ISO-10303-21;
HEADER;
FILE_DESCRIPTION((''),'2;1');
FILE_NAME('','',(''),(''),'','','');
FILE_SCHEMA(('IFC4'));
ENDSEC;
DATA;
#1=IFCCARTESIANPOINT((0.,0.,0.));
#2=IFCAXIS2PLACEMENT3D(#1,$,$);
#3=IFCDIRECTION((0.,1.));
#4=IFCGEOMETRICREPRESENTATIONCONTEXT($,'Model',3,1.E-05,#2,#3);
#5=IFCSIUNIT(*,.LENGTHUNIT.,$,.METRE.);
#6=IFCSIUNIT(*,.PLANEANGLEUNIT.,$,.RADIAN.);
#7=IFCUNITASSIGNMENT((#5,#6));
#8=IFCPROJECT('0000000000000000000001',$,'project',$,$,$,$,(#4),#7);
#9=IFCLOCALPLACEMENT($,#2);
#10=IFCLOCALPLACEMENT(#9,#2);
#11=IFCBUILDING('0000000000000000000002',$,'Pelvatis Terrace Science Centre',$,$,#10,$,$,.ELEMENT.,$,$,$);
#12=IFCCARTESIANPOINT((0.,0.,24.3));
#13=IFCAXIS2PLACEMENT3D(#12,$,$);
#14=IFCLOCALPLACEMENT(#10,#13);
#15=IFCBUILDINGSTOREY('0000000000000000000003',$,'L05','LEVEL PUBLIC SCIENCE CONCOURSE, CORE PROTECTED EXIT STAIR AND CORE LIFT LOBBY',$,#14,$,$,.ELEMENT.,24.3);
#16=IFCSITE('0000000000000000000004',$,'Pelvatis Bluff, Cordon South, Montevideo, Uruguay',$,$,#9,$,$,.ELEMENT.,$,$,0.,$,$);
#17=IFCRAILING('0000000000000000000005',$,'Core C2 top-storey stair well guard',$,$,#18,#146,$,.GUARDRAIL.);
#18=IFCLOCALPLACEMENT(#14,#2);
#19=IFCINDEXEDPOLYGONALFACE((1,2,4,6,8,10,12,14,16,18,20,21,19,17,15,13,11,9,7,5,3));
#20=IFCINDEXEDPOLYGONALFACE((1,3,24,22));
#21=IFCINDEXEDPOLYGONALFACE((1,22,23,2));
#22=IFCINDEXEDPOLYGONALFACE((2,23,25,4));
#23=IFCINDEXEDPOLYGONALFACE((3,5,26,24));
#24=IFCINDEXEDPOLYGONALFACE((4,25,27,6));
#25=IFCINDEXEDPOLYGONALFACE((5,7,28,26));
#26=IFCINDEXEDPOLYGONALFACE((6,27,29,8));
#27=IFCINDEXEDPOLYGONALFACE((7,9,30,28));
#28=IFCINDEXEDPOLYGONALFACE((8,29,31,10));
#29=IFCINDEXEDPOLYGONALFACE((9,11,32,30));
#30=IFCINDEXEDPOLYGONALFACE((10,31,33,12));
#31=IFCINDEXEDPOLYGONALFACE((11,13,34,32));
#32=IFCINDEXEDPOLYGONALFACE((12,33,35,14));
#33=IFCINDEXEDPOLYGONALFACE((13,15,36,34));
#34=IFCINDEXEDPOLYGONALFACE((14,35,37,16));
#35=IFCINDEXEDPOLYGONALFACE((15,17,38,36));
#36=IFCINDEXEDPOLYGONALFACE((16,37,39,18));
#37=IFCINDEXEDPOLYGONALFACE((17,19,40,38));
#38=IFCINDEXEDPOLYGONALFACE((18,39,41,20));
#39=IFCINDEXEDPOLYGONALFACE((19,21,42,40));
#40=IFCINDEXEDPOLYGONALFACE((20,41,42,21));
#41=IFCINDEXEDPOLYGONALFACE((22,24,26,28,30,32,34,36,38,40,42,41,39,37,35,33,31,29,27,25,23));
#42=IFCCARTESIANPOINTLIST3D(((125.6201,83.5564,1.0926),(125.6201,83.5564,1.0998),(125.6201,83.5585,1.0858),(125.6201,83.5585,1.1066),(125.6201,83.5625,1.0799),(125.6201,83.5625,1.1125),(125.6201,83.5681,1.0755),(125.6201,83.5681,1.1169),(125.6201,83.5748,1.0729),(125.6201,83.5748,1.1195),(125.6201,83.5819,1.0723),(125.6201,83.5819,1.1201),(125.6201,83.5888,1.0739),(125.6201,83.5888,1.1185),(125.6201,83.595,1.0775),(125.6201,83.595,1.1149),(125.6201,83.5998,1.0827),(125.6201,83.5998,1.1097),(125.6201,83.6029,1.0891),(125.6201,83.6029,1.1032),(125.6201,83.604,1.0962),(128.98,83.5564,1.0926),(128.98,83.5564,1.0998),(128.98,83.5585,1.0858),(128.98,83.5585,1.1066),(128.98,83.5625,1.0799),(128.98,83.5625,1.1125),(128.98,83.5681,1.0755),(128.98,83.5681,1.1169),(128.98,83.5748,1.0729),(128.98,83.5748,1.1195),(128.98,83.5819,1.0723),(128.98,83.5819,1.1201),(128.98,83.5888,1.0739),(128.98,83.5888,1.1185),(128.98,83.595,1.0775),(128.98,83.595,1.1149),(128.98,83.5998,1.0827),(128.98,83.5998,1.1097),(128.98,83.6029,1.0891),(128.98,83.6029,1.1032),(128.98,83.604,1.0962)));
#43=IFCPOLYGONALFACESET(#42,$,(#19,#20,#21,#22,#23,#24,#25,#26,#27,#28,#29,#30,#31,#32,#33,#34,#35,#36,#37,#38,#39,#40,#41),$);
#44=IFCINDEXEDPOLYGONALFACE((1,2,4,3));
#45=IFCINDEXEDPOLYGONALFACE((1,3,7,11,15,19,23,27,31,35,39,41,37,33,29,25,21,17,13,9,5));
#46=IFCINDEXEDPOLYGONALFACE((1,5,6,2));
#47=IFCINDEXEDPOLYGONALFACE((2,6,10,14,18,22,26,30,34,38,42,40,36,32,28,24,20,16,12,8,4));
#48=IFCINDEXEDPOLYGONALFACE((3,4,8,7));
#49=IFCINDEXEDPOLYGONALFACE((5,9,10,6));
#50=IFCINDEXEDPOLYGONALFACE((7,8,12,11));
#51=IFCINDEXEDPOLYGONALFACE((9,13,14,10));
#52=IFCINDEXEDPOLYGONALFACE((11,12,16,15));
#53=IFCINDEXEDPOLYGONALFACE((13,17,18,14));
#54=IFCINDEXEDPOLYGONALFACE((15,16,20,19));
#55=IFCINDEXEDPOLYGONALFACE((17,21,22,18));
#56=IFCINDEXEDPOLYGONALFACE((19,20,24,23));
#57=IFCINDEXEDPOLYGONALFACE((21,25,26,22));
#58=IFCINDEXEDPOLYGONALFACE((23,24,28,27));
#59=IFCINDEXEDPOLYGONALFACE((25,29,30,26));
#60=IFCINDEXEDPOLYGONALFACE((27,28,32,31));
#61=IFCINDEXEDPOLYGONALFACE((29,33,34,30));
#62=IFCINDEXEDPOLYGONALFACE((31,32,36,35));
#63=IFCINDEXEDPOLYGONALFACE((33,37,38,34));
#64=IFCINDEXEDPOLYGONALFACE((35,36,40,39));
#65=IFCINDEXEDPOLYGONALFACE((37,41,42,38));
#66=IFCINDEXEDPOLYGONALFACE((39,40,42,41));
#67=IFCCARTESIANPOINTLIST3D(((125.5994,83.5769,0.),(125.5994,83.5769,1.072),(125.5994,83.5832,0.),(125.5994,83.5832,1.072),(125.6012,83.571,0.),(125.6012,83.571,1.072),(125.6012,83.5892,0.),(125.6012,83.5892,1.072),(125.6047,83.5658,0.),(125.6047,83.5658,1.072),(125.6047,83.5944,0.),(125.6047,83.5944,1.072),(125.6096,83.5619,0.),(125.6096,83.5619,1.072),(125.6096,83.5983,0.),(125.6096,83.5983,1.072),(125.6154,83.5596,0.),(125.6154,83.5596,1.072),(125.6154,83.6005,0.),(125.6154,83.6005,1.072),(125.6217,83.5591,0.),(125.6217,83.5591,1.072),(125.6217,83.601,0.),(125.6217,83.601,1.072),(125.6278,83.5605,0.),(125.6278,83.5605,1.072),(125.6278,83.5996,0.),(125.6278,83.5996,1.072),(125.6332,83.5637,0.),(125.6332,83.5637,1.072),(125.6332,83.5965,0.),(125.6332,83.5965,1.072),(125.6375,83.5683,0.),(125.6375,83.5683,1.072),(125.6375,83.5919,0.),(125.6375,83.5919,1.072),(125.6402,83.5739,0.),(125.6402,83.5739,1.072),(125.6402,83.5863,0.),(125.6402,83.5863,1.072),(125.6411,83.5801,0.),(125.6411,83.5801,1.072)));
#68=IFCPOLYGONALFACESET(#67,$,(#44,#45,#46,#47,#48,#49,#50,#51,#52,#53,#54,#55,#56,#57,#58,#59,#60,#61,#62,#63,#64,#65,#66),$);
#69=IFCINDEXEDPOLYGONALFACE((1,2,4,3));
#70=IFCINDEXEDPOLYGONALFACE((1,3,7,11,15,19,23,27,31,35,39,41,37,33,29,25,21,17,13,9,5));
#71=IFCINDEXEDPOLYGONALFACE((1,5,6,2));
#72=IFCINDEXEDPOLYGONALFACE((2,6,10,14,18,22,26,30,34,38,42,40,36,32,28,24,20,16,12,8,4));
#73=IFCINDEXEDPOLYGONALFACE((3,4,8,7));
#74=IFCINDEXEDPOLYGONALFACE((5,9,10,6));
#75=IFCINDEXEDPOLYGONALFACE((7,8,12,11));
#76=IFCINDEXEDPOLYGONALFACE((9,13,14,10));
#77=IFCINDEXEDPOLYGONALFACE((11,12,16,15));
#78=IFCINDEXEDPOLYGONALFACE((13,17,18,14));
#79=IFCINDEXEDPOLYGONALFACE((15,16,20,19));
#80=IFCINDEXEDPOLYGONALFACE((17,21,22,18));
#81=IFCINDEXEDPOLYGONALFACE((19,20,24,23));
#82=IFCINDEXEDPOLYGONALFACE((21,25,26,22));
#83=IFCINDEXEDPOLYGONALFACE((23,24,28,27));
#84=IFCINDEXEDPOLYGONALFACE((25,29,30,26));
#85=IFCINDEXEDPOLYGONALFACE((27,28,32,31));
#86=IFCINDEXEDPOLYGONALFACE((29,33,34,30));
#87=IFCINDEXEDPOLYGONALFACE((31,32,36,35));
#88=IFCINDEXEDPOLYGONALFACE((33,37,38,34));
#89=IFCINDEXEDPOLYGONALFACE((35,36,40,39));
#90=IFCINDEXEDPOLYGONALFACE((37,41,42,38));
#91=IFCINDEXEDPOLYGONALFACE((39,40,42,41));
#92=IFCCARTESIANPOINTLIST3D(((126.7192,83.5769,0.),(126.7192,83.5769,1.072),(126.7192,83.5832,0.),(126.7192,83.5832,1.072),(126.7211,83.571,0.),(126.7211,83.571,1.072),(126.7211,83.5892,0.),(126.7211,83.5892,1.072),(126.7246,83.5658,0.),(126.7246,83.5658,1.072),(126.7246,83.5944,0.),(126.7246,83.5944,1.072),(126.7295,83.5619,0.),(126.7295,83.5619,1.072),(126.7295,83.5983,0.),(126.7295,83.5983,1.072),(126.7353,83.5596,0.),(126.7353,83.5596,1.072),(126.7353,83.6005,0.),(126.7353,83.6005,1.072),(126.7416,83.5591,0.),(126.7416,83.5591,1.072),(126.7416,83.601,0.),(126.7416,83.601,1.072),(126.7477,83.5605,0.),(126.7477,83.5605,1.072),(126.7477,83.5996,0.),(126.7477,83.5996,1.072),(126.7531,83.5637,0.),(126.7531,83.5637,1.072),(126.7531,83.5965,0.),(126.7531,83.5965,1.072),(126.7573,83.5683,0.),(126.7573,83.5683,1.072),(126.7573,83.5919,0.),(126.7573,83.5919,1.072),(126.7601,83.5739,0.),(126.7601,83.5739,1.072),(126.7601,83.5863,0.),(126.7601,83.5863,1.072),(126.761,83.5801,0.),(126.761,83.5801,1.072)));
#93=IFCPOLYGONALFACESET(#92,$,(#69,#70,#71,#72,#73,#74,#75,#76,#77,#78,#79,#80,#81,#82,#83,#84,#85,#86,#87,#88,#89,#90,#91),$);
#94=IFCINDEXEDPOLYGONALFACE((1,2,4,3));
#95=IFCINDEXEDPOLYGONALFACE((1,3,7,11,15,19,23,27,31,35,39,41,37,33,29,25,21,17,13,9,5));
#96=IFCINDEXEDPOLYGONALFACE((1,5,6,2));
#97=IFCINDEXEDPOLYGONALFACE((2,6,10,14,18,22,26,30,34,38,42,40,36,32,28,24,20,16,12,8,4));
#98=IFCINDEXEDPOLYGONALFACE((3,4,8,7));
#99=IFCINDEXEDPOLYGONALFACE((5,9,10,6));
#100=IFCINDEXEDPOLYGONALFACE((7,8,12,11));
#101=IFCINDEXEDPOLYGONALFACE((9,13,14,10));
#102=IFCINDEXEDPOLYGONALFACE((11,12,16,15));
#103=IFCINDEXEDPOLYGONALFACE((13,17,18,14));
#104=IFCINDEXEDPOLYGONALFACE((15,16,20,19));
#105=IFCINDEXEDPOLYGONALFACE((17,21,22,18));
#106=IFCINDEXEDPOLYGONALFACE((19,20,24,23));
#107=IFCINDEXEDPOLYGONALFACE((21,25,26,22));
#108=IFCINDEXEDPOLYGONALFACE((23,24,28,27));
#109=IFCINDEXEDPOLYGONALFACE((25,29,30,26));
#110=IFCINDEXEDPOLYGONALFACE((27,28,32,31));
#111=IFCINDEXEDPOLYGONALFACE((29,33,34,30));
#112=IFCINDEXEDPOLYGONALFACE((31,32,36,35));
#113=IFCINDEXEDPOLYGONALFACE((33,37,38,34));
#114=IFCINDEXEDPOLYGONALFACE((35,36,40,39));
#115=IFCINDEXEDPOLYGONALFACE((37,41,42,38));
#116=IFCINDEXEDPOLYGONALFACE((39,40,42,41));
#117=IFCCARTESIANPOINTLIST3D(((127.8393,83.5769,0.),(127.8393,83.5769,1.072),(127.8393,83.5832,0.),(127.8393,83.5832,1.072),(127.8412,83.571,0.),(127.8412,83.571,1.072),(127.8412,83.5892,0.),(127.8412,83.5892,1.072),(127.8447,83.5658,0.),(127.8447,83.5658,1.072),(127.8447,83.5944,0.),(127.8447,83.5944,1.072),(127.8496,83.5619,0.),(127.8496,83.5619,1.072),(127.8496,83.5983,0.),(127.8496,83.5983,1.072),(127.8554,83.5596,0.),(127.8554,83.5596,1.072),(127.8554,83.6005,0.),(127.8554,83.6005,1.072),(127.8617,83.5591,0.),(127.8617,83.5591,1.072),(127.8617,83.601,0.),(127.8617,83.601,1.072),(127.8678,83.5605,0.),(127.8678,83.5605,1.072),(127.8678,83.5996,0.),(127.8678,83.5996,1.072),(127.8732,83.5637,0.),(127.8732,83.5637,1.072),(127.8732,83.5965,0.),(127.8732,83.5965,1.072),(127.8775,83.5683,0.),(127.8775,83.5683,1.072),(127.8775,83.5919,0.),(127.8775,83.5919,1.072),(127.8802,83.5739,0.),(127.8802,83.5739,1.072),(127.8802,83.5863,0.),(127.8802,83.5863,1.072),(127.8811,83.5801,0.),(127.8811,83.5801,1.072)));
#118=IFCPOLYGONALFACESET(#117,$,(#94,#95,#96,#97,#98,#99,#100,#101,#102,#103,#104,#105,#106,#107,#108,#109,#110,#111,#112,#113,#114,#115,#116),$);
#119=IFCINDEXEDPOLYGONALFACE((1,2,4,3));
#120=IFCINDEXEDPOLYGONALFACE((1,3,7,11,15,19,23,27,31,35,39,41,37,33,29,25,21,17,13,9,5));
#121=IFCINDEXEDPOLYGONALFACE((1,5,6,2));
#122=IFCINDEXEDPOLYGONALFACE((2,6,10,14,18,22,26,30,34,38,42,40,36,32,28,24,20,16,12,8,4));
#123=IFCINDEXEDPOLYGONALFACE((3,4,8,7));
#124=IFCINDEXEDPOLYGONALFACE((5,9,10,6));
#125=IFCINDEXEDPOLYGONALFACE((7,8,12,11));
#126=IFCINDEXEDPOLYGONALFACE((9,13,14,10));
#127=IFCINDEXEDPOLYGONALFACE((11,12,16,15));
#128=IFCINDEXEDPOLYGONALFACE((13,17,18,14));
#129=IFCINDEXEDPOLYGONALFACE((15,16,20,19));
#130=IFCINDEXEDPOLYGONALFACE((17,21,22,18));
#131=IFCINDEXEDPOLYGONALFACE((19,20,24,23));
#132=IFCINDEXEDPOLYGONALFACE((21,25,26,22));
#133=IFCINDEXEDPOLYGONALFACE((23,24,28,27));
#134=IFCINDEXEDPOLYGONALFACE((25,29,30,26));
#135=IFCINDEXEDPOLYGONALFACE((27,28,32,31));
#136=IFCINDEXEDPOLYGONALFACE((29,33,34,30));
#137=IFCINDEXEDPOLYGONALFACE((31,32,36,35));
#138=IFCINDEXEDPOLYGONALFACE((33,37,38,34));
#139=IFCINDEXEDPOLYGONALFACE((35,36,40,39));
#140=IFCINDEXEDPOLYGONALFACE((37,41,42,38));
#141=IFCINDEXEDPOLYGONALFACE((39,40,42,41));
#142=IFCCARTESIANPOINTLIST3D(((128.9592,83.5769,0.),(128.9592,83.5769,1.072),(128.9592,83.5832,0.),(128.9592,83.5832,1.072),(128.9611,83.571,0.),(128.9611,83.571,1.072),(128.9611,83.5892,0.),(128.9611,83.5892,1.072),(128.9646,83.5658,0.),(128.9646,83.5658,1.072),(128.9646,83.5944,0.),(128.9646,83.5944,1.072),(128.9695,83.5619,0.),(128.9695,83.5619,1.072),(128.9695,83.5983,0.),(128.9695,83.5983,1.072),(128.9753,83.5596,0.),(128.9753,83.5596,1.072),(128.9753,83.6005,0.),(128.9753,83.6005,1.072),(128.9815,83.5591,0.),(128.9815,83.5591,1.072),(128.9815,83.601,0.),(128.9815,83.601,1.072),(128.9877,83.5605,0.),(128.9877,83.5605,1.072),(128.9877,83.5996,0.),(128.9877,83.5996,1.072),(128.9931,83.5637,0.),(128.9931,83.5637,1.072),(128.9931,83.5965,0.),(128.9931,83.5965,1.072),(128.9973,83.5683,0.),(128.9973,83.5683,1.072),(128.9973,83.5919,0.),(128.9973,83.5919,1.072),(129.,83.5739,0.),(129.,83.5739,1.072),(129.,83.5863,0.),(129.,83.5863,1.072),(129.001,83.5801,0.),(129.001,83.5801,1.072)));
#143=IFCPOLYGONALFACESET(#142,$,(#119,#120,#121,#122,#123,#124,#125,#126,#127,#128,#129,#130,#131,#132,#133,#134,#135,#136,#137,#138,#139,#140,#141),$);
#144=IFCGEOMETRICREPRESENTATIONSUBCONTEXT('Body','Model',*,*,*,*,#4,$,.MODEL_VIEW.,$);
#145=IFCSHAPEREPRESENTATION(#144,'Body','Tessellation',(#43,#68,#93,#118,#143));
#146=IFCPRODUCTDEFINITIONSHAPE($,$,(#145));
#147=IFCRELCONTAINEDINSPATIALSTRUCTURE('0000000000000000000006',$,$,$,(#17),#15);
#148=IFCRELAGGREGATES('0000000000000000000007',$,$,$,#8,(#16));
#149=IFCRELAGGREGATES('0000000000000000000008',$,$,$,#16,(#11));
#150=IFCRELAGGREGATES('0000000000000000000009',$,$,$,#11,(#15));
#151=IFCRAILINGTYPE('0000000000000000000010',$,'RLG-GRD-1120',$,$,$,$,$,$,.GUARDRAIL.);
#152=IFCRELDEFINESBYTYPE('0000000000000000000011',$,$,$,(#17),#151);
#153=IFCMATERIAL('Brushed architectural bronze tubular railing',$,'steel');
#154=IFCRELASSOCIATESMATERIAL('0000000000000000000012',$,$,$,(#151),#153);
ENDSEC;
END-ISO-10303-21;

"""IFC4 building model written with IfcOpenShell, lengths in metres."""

from ifc_helpers import new_model, si_unit, direction, frame, origin, origin_2d, place, context, subcontext, project, spatial, circle, extrude, material, type_object, element, save


model = new_model("IFC4")

# Units and contexts
model_context = context("Model", 3, precision=1e-05, world=origin(), true_north=direction((0.0, 1.0)))
body_context = subcontext(model_context, "Body", "Model", "MODEL_VIEW")
ifc_project = project(units=[si_unit("LENGTHUNIT", "METRE"), si_unit("PLANEANGLEUNIT", "RADIAN")], contexts=[model_context])

# Site, building, storey
site_placement = place(None, origin())
site = spatial("IfcSite", under=ifc_project, at=site_placement, Name="Pelvatis Bluff, Cordon South, Montevideo, Uruguay", CompositionType="ELEMENT", RefElevation=0.0)
building_placement = place(site_placement, origin())
building = spatial("IfcBuilding", under=site, at=building_placement, Name="Pelvatis Terrace Science Centre", CompositionType="ELEMENT")
storey_placement = place(building_placement, frame((0.0, 0.0, 24.3)))
storey = spatial("IfcBuildingStorey", under=building, at=storey_placement, Name="L05", Description="LEVEL PUBLIC SCIENCE CONCOURSE, CORE PROTECTED EXIT STAIR AND CORE LIFT LOBBY", CompositionType="ELEMENT", Elevation=24.3)

# Railing
ifc_material_1 = material(Name="Brushed architectural bronze tubular railing", Category="steel")
railing_type_1 = type_object("IfcRailingType", Name="RLG-GRD-1120", PredefinedType="GUARDRAIL", material=ifc_material_1)
railing_1_placement = place(storey_placement, frame((125.6201, 83.5801, 0.0)))
element("IfcRailing", 1, at=railing_1_placement, inside=storey, type_object=railing_type_1, Name="Core C2 top-storey stair well guard", PredefinedType="GUARDRAIL", context=body_context, shape_type="SweptSolid", body=[
    extrude(circle(Radius=0.0239, at=origin_2d()), frame((0.0, 0.0, 1.0962), z_axis=(1.0, 0.0, 0.0), x_axis=(0.0, 1.0, 0.0)), (0.0, 0.0, 1.0), 3.3599),
    extrude(circle(Radius=0.021, at=origin_2d()), origin(), (0.0, 0.0, 1.0), 1.072),
    extrude(circle(Radius=0.021, at=origin_2d()), frame((1.1199, 0.0, 0.0)), (0.0, 0.0, 1.0), 1.072),
    extrude(circle(Radius=0.021, at=origin_2d()), frame((2.24, 0.0, 0.0)), (0.0, 0.0, 1.0), 1.072),
    extrude(circle(Radius=0.021, at=origin_2d()), frame((3.3599, 0.0, 0.0)), (0.0, 0.0, 1.0), 1.072),
])

save(model, "model.ifc")
